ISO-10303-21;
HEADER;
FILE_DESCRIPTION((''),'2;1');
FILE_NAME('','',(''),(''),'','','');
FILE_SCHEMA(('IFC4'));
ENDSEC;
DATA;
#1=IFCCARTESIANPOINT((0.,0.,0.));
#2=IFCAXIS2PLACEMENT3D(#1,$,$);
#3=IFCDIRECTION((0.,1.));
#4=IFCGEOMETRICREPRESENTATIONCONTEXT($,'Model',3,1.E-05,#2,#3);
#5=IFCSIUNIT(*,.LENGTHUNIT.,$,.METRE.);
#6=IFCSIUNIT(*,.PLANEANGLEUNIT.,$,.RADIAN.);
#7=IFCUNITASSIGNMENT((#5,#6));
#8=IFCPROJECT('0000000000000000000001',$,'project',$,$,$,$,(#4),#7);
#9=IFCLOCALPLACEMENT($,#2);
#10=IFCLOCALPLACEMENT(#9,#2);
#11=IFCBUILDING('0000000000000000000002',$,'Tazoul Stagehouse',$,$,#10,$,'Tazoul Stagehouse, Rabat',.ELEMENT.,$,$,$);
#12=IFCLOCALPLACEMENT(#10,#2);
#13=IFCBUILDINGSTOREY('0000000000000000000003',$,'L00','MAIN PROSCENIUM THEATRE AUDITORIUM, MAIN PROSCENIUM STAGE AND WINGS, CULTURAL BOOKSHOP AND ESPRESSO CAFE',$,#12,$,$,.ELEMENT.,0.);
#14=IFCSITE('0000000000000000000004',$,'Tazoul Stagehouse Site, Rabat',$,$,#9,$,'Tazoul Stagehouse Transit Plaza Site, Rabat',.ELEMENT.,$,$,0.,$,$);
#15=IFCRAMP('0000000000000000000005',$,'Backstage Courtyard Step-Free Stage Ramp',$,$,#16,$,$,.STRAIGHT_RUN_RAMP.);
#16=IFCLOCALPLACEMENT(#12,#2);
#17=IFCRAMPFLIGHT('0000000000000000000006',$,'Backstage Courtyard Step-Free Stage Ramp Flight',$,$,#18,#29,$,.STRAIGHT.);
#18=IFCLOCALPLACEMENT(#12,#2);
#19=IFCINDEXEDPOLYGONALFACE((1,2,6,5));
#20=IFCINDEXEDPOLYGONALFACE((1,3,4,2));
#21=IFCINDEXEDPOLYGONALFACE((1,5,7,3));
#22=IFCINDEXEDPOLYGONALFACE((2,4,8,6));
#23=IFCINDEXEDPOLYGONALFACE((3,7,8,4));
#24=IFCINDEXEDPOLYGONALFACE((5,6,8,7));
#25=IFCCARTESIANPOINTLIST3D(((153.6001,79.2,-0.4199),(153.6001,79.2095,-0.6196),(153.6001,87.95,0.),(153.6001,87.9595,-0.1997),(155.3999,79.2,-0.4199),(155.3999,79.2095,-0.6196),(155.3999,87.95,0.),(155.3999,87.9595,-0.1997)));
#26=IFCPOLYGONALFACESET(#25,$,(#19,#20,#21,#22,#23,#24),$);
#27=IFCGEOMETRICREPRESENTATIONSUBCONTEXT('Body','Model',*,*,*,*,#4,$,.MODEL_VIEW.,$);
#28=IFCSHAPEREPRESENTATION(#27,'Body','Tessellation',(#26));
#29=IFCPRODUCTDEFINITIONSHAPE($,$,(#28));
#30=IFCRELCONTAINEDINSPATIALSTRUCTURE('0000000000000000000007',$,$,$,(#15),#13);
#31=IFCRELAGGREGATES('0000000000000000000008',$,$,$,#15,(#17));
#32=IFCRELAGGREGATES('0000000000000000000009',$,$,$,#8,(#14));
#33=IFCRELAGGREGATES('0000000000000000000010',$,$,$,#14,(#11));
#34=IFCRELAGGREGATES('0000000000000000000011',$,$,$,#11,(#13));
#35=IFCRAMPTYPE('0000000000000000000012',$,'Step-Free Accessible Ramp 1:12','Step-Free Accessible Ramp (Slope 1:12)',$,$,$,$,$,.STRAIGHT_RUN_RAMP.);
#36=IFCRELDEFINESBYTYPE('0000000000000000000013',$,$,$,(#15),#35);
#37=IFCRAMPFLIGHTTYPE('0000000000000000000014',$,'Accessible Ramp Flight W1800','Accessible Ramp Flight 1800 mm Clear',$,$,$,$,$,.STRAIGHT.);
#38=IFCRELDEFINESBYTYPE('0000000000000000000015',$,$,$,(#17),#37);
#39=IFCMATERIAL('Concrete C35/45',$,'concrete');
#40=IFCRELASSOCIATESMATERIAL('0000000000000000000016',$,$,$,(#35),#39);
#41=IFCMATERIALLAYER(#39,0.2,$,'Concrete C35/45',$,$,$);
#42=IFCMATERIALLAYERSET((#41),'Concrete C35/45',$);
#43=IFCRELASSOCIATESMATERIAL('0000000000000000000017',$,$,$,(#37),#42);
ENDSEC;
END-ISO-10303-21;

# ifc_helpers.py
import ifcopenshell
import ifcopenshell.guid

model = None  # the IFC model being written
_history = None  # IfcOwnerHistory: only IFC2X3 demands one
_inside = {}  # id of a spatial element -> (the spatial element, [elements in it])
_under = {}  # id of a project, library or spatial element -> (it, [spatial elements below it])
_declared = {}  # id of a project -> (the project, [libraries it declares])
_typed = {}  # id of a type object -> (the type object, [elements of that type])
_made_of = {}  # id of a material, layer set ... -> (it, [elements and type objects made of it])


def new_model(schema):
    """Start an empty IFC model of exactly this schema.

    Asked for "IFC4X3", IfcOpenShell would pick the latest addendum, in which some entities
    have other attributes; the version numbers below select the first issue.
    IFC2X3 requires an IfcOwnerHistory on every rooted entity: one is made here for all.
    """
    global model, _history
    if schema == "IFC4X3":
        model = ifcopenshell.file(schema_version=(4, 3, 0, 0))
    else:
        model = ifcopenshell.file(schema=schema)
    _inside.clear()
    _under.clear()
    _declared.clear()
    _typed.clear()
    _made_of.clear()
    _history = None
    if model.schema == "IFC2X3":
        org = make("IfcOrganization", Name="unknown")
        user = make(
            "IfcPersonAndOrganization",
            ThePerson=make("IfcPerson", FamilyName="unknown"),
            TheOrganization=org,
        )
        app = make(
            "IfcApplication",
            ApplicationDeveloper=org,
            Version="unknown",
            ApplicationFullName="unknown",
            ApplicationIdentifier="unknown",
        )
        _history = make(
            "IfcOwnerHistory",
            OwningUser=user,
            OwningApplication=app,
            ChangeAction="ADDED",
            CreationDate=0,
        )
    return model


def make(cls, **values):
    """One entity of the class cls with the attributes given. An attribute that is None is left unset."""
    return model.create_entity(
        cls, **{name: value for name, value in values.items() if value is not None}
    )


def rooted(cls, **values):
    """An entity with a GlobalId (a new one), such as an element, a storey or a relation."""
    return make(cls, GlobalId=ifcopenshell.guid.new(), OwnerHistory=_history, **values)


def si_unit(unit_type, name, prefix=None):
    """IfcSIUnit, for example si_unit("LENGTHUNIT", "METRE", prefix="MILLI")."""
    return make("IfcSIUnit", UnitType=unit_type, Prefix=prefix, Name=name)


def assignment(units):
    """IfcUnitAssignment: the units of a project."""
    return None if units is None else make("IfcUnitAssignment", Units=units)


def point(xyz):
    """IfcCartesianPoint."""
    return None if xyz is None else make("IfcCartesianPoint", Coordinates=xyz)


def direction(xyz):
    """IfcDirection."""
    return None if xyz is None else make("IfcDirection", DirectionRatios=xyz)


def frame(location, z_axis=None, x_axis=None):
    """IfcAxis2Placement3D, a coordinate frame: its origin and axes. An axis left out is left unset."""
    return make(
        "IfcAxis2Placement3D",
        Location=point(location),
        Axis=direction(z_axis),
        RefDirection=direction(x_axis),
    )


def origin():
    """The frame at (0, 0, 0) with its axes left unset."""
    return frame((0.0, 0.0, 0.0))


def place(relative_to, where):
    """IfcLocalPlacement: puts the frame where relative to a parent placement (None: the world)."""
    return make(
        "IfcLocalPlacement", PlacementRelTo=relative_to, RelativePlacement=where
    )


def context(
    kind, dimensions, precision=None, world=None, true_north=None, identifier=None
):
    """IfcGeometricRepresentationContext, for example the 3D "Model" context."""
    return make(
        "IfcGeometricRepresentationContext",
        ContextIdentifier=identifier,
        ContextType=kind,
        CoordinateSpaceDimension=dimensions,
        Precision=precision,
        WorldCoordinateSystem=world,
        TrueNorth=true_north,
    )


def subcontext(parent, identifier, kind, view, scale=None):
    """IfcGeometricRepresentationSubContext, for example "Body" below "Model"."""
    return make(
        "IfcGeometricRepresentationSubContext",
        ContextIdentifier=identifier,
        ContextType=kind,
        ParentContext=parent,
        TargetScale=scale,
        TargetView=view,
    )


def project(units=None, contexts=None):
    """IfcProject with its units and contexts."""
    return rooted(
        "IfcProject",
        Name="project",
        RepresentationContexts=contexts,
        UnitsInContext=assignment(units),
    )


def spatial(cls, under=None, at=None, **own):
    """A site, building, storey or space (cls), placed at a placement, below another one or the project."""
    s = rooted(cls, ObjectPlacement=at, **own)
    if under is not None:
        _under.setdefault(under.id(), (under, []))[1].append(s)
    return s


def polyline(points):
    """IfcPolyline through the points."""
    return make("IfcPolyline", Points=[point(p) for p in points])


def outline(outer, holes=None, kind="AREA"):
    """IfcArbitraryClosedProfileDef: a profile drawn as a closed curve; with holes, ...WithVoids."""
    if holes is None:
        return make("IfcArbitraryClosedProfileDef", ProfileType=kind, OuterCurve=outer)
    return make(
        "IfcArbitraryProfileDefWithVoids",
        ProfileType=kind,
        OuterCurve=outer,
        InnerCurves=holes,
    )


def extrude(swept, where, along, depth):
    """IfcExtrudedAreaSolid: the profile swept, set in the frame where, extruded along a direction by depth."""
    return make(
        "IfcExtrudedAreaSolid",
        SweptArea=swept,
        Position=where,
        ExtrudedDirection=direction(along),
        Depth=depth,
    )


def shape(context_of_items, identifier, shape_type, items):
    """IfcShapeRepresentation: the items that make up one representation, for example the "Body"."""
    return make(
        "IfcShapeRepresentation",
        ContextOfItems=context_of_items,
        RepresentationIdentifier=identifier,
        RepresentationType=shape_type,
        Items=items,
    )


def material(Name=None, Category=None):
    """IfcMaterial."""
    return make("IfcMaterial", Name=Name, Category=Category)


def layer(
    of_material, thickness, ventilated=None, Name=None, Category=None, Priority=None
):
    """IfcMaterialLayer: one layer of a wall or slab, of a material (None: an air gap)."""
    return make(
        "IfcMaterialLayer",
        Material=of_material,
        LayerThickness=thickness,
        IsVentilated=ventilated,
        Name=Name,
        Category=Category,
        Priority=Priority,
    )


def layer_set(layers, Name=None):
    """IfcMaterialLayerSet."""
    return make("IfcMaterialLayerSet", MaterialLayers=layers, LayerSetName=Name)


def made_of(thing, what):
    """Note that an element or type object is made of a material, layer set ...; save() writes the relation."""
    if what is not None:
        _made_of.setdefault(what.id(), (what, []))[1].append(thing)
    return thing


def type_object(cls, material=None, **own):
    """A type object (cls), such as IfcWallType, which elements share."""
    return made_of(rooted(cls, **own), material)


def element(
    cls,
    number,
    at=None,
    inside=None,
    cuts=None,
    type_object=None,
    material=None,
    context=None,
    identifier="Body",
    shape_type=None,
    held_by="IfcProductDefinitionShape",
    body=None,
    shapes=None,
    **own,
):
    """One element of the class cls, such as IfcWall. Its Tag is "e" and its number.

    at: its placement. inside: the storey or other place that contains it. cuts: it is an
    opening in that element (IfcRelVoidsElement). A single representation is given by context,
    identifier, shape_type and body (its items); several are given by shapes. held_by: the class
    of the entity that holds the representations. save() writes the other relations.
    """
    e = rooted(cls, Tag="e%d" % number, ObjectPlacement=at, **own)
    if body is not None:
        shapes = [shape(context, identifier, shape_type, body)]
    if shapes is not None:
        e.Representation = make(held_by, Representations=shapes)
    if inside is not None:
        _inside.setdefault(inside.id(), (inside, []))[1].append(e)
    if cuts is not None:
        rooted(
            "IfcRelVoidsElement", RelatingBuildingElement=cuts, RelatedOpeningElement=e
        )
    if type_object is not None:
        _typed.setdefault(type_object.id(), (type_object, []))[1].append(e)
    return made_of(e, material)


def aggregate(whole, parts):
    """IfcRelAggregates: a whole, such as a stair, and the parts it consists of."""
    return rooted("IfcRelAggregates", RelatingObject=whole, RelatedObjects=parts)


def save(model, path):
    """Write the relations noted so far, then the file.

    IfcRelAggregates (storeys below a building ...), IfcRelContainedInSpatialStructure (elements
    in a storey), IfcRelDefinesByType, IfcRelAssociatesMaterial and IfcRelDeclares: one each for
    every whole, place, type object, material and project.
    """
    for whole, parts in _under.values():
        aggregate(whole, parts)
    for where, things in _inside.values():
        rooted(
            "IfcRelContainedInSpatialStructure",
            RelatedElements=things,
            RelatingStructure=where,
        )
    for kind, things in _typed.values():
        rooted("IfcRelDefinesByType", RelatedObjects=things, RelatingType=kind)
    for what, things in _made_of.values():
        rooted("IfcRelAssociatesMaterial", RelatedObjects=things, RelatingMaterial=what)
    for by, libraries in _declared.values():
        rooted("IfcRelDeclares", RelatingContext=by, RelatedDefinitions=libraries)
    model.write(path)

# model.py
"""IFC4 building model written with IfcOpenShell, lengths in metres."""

from ifc_helpers import new_model, si_unit, direction, frame, origin, place, context, subcontext, project, spatial, polyline, outline, extrude, material, layer, layer_set, type_object, element, aggregate, save


model = new_model("IFC4")

# Units and contexts
model_context = context("Model", 3, precision=1e-05, world=origin(), true_north=direction((0.0, 1.0)))
body_context = subcontext(model_context, "Body", "Model", "MODEL_VIEW")
ifc_project = project(units=[si_unit("LENGTHUNIT", "METRE"), si_unit("PLANEANGLEUNIT", "RADIAN")], contexts=[model_context])

# Site, building, storey
site_placement = place(None, origin())
site = spatial("IfcSite", under=ifc_project, at=site_placement, Name="Tazoul Stagehouse Site, Rabat", LongName="Tazoul Stagehouse Transit Plaza Site, Rabat", CompositionType="ELEMENT", RefElevation=0.0)
building_placement = place(site_placement, origin())
building = spatial("IfcBuilding", under=site, at=building_placement, Name="Tazoul Stagehouse", LongName="Tazoul Stagehouse, Rabat", CompositionType="ELEMENT")
storey_placement = place(building_placement, origin())
storey = spatial("IfcBuildingStorey", under=building, at=storey_placement, Name="L00", Description="MAIN PROSCENIUM THEATRE AUDITORIUM, MAIN PROSCENIUM STAGE AND WINGS, CULTURAL BOOKSHOP AND ESPRESSO CAFE", CompositionType="ELEMENT", Elevation=0.0)

# Ramp, ramp flight
ifc_material_1 = material(Name="Concrete C35/45", Category="concrete")
ramp_type = type_object("IfcRampType", Name="Step-Free Accessible Ramp 1:12", Description="Step-Free Accessible Ramp (Slope 1:12)", PredefinedType="STRAIGHT_RUN_RAMP", material=ifc_material_1)
ramp_placement = place(storey_placement, origin())
ramp = element("IfcRamp", 1, at=ramp_placement, inside=storey, type_object=ramp_type, Name="Backstage Courtyard Step-Free Stage Ramp", PredefinedType="STRAIGHT_RUN_RAMP")
ifc_layer_1 = layer(ifc_material_1, 0.2, Name="Concrete C35/45")
ifc_layer_set_1 = layer_set([ifc_layer_1], Name="Concrete C35/45")
ramp_flight_type = type_object("IfcRampFlightType", Name="Accessible Ramp Flight W1800", Description="Accessible Ramp Flight 1800 mm Clear", PredefinedType="STRAIGHT", material=ifc_layer_set_1)
ramp_flight_placement = place(storey_placement, frame((155.3999, 79.2, -0.4199), z_axis=(0.0, -0.047936, 0.99885), x_axis=(-1.0, 0.0, 0.0)))
ramp_flight = element("IfcRampFlight", 2, at=ramp_flight_placement, type_object=ramp_flight_type, Name="Backstage Courtyard Step-Free Stage Ramp Flight", PredefinedType="STRAIGHT", context=body_context, shape_type="SweptSolid", body=[
    extrude(outline(polyline([(0.0, 0.0), (1.7998, 0.0), (1.7998, -8.7601), (0.0, -8.7601), (0.0, 0.0)])), origin(), (0.0, 0.0, -1.0), 0.2),
])
aggregate(ramp, [ramp_flight])

save(model, "model.ifc")
